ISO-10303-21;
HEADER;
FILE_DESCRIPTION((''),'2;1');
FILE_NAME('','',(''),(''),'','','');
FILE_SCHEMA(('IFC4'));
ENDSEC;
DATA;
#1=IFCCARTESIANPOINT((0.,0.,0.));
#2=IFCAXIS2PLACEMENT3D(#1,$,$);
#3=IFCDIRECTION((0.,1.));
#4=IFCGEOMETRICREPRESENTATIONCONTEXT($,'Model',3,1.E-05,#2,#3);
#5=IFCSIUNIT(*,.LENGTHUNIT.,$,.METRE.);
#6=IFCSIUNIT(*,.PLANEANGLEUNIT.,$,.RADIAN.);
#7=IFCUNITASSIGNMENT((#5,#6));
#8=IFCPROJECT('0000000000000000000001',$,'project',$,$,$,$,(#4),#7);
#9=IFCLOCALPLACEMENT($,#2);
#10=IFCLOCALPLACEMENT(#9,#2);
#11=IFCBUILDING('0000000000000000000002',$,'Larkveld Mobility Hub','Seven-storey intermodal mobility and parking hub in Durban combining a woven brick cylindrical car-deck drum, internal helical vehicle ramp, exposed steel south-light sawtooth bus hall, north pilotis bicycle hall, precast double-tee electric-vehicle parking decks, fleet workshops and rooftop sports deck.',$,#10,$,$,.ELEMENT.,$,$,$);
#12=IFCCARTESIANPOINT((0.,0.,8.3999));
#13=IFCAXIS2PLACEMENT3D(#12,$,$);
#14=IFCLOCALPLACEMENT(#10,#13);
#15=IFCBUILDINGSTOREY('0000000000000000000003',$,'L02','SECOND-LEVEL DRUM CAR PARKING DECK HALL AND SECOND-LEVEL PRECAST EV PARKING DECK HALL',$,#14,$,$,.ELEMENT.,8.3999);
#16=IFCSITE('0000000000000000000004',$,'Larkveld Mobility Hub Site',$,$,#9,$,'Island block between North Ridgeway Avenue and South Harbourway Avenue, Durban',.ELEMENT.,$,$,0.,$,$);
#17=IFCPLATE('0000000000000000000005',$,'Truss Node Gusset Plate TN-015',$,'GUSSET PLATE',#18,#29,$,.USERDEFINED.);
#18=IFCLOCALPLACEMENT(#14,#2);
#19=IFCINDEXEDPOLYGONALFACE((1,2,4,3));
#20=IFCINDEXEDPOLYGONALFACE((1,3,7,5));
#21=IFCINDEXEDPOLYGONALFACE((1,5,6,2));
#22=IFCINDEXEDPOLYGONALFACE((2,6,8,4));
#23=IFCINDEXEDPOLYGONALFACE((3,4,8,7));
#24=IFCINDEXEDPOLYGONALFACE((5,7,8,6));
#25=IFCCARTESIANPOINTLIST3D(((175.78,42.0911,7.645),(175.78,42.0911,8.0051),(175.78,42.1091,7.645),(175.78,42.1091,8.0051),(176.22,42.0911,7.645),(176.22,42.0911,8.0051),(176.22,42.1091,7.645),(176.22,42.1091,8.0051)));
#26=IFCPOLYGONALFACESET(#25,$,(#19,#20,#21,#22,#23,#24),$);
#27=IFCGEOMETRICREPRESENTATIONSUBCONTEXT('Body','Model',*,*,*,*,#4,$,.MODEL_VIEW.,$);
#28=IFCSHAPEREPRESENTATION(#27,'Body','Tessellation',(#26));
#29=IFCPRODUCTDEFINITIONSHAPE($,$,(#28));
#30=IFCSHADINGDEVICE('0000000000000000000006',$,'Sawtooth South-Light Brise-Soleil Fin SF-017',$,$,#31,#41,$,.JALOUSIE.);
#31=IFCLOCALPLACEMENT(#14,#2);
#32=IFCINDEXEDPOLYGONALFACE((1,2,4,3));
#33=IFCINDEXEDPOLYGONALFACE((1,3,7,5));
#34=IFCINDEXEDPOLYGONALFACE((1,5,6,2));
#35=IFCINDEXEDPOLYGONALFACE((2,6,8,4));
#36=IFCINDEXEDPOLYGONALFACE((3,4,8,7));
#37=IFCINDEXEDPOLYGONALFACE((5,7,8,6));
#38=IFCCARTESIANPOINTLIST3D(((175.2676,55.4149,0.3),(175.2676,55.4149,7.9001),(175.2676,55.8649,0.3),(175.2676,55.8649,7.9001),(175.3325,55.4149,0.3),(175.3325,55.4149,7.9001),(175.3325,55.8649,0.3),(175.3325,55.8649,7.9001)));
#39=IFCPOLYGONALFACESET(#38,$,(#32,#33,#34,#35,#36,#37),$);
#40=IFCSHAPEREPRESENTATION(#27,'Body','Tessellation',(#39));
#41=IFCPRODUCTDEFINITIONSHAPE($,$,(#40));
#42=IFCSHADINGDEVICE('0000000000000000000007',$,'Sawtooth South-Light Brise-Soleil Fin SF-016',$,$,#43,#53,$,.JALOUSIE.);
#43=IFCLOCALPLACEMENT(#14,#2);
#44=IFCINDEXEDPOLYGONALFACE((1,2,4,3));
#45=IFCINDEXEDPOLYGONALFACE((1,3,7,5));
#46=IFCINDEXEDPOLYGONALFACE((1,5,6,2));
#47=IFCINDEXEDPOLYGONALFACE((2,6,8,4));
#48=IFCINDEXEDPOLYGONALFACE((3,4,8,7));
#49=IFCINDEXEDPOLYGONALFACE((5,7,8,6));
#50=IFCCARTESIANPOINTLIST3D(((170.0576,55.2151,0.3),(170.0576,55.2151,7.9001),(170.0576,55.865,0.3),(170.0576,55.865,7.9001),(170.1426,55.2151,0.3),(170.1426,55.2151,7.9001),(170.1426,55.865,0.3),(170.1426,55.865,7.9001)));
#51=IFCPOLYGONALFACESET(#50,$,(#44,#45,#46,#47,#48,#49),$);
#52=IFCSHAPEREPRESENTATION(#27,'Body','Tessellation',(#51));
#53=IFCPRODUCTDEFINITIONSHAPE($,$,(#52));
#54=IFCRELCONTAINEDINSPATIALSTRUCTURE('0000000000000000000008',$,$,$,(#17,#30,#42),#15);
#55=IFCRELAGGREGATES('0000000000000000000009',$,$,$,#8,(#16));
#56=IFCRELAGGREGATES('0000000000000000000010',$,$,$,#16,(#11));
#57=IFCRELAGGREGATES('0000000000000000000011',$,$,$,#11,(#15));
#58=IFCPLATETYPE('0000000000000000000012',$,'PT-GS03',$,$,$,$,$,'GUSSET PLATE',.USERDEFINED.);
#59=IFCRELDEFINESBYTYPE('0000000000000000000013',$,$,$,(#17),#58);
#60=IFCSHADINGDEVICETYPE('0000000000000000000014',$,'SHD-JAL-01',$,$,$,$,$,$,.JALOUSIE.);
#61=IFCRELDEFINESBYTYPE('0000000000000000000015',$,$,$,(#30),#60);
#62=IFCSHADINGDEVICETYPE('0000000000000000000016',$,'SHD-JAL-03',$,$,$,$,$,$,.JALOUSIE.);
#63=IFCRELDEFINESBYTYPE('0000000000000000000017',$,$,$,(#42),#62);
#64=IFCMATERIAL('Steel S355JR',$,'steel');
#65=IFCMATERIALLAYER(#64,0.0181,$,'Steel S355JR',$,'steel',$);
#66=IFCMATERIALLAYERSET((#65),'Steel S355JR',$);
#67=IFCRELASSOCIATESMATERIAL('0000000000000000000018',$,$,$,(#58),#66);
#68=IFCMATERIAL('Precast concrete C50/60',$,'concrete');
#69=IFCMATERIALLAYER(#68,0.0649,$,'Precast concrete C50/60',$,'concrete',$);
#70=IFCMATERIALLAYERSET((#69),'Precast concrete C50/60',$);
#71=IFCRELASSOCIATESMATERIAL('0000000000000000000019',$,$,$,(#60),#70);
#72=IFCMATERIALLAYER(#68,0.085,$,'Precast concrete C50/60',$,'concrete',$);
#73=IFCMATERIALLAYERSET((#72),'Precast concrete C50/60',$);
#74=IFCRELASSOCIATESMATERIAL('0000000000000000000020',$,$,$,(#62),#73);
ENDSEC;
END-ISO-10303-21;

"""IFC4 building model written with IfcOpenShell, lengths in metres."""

from ifc_helpers import new_model, si_unit, direction, frame, origin, origin_2d, place, context, subcontext, project, spatial, rectangle, extrude, material, layer, layer_set, type_object, element, save


model = new_model("IFC4")

# Units and contexts
model_context = context("Model", 3, precision=1e-05, world=origin(), true_north=direction((0.0, 1.0)))
body_context = subcontext(model_context, "Body", "Model", "MODEL_VIEW")
ifc_project = project(units=[si_unit("LENGTHUNIT", "METRE"), si_unit("PLANEANGLEUNIT", "RADIAN")], contexts=[model_context])

# Site, building, storey
site_placement = place(None, origin())
site = spatial("IfcSite", under=ifc_project, at=site_placement, Name="Larkveld Mobility Hub Site", LongName="Island block between North Ridgeway Avenue and South Harbourway Avenue, Durban", CompositionType="ELEMENT", RefElevation=0.0)
building_placement = place(site_placement, origin())
building = spatial("IfcBuilding", under=site, at=building_placement, Name="Larkveld Mobility Hub", Description="Seven-storey intermodal mobility and parking hub in Durban combining a woven brick cylindrical car-deck drum, internal helical vehicle ramp, exposed steel south-light sawtooth bus hall, north pilotis bicycle hall, precast double-tee electric-vehicle parking decks, fleet workshops and rooftop sports deck.", CompositionType="ELEMENT")
storey_placement = place(building_placement, frame((0.0, 0.0, 8.3999)))
storey = spatial("IfcBuildingStorey", under=building, at=storey_placement, Name="L02", Description="SECOND-LEVEL DRUM CAR PARKING DECK HALL AND SECOND-LEVEL PRECAST EV PARKING DECK HALL", CompositionType="ELEMENT", Elevation=8.3999)

# Shared definitions
ifc_material_1 = material(Name="Steel S355JR", Category="steel")

# Plate
ifc_layer_1 = layer(ifc_material_1, 0.0181, Name="Steel S355JR", Category="steel")
ifc_layer_set_1 = layer_set([ifc_layer_1], Name="Steel S355JR")
plate_type_1 = type_object("IfcPlateType", Name="PT-GS03", ElementType="GUSSET PLATE", PredefinedType="USERDEFINED", material=ifc_layer_set_1)
plate_1_placement = place(storey_placement, frame((176.0, 42.1001, 7.645), z_axis=(0.0, 0.0, 1.0), x_axis=(1.0, 0.0, 0.0)))
element("IfcPlate", 1, at=plate_1_placement, inside=storey, type_object=plate_type_1, Name="Truss Node Gusset Plate TN-015", ObjectType="GUSSET PLATE", PredefinedType="USERDEFINED", context=body_context, shape_type="SweptSolid", body=[
    extrude(rectangle(XDim=0.4399, YDim=0.0181, at=origin_2d()), origin(), (0.0, 0.0, 1.0), 0.3601),
])

# Shading devices
ifc_material_2 = material(Name="Precast concrete C50/60", Category="concrete")
ifc_layer_2 = layer(ifc_material_2, 0.0649, Name="Precast concrete C50/60", Category="concrete")
ifc_layer_set_2 = layer_set([ifc_layer_2], Name="Precast concrete C50/60")
shading_device_type_1 = type_object("IfcShadingDeviceType", Name="SHD-JAL-01", PredefinedType="JALOUSIE", material=ifc_layer_set_2)
shading_device_1_placement = place(storey_placement, frame((175.3, 55.6399, 0.3), z_axis=(0.0, 0.0, 1.0), x_axis=(1.0, 0.0, 0.0)))
element("IfcShadingDevice", 2, at=shading_device_1_placement, inside=storey, type_object=shading_device_type_1, Name="Sawtooth South-Light Brise-Soleil Fin SF-017", PredefinedType="JALOUSIE", context=body_context, shape_type="SweptSolid", body=[
    extrude(rectangle(XDim=0.0649, YDim=0.45, at=origin_2d()), origin(), (0.0, 0.0, 1.0), 7.6001),
])
ifc_layer_3 = layer(ifc_material_2, 0.085, Name="Precast concrete C50/60", Category="concrete")
ifc_layer_set_3 = layer_set([ifc_layer_3], Name="Precast concrete C50/60")
shading_device_type_2 = type_object("IfcShadingDeviceType", Name="SHD-JAL-03", PredefinedType="JALOUSIE", material=ifc_layer_set_3)
shading_device_2_placement = place(storey_placement, frame((170.1001, 55.54, 0.3), z_axis=(0.0, 0.0, 1.0), x_axis=(1.0, 0.0, 0.0)))
element("IfcShadingDevice", 3, at=shading_device_2_placement, inside=storey, type_object=shading_device_type_2, Name="Sawtooth South-Light Brise-Soleil Fin SF-016", PredefinedType="JALOUSIE", context=body_context, shape_type="SweptSolid", body=[
    extrude(rectangle(XDim=0.085, YDim=0.6499, at=origin_2d()), origin(), (0.0, 0.0, 1.0), 7.6001),
])

save(model, "model.ifc")
